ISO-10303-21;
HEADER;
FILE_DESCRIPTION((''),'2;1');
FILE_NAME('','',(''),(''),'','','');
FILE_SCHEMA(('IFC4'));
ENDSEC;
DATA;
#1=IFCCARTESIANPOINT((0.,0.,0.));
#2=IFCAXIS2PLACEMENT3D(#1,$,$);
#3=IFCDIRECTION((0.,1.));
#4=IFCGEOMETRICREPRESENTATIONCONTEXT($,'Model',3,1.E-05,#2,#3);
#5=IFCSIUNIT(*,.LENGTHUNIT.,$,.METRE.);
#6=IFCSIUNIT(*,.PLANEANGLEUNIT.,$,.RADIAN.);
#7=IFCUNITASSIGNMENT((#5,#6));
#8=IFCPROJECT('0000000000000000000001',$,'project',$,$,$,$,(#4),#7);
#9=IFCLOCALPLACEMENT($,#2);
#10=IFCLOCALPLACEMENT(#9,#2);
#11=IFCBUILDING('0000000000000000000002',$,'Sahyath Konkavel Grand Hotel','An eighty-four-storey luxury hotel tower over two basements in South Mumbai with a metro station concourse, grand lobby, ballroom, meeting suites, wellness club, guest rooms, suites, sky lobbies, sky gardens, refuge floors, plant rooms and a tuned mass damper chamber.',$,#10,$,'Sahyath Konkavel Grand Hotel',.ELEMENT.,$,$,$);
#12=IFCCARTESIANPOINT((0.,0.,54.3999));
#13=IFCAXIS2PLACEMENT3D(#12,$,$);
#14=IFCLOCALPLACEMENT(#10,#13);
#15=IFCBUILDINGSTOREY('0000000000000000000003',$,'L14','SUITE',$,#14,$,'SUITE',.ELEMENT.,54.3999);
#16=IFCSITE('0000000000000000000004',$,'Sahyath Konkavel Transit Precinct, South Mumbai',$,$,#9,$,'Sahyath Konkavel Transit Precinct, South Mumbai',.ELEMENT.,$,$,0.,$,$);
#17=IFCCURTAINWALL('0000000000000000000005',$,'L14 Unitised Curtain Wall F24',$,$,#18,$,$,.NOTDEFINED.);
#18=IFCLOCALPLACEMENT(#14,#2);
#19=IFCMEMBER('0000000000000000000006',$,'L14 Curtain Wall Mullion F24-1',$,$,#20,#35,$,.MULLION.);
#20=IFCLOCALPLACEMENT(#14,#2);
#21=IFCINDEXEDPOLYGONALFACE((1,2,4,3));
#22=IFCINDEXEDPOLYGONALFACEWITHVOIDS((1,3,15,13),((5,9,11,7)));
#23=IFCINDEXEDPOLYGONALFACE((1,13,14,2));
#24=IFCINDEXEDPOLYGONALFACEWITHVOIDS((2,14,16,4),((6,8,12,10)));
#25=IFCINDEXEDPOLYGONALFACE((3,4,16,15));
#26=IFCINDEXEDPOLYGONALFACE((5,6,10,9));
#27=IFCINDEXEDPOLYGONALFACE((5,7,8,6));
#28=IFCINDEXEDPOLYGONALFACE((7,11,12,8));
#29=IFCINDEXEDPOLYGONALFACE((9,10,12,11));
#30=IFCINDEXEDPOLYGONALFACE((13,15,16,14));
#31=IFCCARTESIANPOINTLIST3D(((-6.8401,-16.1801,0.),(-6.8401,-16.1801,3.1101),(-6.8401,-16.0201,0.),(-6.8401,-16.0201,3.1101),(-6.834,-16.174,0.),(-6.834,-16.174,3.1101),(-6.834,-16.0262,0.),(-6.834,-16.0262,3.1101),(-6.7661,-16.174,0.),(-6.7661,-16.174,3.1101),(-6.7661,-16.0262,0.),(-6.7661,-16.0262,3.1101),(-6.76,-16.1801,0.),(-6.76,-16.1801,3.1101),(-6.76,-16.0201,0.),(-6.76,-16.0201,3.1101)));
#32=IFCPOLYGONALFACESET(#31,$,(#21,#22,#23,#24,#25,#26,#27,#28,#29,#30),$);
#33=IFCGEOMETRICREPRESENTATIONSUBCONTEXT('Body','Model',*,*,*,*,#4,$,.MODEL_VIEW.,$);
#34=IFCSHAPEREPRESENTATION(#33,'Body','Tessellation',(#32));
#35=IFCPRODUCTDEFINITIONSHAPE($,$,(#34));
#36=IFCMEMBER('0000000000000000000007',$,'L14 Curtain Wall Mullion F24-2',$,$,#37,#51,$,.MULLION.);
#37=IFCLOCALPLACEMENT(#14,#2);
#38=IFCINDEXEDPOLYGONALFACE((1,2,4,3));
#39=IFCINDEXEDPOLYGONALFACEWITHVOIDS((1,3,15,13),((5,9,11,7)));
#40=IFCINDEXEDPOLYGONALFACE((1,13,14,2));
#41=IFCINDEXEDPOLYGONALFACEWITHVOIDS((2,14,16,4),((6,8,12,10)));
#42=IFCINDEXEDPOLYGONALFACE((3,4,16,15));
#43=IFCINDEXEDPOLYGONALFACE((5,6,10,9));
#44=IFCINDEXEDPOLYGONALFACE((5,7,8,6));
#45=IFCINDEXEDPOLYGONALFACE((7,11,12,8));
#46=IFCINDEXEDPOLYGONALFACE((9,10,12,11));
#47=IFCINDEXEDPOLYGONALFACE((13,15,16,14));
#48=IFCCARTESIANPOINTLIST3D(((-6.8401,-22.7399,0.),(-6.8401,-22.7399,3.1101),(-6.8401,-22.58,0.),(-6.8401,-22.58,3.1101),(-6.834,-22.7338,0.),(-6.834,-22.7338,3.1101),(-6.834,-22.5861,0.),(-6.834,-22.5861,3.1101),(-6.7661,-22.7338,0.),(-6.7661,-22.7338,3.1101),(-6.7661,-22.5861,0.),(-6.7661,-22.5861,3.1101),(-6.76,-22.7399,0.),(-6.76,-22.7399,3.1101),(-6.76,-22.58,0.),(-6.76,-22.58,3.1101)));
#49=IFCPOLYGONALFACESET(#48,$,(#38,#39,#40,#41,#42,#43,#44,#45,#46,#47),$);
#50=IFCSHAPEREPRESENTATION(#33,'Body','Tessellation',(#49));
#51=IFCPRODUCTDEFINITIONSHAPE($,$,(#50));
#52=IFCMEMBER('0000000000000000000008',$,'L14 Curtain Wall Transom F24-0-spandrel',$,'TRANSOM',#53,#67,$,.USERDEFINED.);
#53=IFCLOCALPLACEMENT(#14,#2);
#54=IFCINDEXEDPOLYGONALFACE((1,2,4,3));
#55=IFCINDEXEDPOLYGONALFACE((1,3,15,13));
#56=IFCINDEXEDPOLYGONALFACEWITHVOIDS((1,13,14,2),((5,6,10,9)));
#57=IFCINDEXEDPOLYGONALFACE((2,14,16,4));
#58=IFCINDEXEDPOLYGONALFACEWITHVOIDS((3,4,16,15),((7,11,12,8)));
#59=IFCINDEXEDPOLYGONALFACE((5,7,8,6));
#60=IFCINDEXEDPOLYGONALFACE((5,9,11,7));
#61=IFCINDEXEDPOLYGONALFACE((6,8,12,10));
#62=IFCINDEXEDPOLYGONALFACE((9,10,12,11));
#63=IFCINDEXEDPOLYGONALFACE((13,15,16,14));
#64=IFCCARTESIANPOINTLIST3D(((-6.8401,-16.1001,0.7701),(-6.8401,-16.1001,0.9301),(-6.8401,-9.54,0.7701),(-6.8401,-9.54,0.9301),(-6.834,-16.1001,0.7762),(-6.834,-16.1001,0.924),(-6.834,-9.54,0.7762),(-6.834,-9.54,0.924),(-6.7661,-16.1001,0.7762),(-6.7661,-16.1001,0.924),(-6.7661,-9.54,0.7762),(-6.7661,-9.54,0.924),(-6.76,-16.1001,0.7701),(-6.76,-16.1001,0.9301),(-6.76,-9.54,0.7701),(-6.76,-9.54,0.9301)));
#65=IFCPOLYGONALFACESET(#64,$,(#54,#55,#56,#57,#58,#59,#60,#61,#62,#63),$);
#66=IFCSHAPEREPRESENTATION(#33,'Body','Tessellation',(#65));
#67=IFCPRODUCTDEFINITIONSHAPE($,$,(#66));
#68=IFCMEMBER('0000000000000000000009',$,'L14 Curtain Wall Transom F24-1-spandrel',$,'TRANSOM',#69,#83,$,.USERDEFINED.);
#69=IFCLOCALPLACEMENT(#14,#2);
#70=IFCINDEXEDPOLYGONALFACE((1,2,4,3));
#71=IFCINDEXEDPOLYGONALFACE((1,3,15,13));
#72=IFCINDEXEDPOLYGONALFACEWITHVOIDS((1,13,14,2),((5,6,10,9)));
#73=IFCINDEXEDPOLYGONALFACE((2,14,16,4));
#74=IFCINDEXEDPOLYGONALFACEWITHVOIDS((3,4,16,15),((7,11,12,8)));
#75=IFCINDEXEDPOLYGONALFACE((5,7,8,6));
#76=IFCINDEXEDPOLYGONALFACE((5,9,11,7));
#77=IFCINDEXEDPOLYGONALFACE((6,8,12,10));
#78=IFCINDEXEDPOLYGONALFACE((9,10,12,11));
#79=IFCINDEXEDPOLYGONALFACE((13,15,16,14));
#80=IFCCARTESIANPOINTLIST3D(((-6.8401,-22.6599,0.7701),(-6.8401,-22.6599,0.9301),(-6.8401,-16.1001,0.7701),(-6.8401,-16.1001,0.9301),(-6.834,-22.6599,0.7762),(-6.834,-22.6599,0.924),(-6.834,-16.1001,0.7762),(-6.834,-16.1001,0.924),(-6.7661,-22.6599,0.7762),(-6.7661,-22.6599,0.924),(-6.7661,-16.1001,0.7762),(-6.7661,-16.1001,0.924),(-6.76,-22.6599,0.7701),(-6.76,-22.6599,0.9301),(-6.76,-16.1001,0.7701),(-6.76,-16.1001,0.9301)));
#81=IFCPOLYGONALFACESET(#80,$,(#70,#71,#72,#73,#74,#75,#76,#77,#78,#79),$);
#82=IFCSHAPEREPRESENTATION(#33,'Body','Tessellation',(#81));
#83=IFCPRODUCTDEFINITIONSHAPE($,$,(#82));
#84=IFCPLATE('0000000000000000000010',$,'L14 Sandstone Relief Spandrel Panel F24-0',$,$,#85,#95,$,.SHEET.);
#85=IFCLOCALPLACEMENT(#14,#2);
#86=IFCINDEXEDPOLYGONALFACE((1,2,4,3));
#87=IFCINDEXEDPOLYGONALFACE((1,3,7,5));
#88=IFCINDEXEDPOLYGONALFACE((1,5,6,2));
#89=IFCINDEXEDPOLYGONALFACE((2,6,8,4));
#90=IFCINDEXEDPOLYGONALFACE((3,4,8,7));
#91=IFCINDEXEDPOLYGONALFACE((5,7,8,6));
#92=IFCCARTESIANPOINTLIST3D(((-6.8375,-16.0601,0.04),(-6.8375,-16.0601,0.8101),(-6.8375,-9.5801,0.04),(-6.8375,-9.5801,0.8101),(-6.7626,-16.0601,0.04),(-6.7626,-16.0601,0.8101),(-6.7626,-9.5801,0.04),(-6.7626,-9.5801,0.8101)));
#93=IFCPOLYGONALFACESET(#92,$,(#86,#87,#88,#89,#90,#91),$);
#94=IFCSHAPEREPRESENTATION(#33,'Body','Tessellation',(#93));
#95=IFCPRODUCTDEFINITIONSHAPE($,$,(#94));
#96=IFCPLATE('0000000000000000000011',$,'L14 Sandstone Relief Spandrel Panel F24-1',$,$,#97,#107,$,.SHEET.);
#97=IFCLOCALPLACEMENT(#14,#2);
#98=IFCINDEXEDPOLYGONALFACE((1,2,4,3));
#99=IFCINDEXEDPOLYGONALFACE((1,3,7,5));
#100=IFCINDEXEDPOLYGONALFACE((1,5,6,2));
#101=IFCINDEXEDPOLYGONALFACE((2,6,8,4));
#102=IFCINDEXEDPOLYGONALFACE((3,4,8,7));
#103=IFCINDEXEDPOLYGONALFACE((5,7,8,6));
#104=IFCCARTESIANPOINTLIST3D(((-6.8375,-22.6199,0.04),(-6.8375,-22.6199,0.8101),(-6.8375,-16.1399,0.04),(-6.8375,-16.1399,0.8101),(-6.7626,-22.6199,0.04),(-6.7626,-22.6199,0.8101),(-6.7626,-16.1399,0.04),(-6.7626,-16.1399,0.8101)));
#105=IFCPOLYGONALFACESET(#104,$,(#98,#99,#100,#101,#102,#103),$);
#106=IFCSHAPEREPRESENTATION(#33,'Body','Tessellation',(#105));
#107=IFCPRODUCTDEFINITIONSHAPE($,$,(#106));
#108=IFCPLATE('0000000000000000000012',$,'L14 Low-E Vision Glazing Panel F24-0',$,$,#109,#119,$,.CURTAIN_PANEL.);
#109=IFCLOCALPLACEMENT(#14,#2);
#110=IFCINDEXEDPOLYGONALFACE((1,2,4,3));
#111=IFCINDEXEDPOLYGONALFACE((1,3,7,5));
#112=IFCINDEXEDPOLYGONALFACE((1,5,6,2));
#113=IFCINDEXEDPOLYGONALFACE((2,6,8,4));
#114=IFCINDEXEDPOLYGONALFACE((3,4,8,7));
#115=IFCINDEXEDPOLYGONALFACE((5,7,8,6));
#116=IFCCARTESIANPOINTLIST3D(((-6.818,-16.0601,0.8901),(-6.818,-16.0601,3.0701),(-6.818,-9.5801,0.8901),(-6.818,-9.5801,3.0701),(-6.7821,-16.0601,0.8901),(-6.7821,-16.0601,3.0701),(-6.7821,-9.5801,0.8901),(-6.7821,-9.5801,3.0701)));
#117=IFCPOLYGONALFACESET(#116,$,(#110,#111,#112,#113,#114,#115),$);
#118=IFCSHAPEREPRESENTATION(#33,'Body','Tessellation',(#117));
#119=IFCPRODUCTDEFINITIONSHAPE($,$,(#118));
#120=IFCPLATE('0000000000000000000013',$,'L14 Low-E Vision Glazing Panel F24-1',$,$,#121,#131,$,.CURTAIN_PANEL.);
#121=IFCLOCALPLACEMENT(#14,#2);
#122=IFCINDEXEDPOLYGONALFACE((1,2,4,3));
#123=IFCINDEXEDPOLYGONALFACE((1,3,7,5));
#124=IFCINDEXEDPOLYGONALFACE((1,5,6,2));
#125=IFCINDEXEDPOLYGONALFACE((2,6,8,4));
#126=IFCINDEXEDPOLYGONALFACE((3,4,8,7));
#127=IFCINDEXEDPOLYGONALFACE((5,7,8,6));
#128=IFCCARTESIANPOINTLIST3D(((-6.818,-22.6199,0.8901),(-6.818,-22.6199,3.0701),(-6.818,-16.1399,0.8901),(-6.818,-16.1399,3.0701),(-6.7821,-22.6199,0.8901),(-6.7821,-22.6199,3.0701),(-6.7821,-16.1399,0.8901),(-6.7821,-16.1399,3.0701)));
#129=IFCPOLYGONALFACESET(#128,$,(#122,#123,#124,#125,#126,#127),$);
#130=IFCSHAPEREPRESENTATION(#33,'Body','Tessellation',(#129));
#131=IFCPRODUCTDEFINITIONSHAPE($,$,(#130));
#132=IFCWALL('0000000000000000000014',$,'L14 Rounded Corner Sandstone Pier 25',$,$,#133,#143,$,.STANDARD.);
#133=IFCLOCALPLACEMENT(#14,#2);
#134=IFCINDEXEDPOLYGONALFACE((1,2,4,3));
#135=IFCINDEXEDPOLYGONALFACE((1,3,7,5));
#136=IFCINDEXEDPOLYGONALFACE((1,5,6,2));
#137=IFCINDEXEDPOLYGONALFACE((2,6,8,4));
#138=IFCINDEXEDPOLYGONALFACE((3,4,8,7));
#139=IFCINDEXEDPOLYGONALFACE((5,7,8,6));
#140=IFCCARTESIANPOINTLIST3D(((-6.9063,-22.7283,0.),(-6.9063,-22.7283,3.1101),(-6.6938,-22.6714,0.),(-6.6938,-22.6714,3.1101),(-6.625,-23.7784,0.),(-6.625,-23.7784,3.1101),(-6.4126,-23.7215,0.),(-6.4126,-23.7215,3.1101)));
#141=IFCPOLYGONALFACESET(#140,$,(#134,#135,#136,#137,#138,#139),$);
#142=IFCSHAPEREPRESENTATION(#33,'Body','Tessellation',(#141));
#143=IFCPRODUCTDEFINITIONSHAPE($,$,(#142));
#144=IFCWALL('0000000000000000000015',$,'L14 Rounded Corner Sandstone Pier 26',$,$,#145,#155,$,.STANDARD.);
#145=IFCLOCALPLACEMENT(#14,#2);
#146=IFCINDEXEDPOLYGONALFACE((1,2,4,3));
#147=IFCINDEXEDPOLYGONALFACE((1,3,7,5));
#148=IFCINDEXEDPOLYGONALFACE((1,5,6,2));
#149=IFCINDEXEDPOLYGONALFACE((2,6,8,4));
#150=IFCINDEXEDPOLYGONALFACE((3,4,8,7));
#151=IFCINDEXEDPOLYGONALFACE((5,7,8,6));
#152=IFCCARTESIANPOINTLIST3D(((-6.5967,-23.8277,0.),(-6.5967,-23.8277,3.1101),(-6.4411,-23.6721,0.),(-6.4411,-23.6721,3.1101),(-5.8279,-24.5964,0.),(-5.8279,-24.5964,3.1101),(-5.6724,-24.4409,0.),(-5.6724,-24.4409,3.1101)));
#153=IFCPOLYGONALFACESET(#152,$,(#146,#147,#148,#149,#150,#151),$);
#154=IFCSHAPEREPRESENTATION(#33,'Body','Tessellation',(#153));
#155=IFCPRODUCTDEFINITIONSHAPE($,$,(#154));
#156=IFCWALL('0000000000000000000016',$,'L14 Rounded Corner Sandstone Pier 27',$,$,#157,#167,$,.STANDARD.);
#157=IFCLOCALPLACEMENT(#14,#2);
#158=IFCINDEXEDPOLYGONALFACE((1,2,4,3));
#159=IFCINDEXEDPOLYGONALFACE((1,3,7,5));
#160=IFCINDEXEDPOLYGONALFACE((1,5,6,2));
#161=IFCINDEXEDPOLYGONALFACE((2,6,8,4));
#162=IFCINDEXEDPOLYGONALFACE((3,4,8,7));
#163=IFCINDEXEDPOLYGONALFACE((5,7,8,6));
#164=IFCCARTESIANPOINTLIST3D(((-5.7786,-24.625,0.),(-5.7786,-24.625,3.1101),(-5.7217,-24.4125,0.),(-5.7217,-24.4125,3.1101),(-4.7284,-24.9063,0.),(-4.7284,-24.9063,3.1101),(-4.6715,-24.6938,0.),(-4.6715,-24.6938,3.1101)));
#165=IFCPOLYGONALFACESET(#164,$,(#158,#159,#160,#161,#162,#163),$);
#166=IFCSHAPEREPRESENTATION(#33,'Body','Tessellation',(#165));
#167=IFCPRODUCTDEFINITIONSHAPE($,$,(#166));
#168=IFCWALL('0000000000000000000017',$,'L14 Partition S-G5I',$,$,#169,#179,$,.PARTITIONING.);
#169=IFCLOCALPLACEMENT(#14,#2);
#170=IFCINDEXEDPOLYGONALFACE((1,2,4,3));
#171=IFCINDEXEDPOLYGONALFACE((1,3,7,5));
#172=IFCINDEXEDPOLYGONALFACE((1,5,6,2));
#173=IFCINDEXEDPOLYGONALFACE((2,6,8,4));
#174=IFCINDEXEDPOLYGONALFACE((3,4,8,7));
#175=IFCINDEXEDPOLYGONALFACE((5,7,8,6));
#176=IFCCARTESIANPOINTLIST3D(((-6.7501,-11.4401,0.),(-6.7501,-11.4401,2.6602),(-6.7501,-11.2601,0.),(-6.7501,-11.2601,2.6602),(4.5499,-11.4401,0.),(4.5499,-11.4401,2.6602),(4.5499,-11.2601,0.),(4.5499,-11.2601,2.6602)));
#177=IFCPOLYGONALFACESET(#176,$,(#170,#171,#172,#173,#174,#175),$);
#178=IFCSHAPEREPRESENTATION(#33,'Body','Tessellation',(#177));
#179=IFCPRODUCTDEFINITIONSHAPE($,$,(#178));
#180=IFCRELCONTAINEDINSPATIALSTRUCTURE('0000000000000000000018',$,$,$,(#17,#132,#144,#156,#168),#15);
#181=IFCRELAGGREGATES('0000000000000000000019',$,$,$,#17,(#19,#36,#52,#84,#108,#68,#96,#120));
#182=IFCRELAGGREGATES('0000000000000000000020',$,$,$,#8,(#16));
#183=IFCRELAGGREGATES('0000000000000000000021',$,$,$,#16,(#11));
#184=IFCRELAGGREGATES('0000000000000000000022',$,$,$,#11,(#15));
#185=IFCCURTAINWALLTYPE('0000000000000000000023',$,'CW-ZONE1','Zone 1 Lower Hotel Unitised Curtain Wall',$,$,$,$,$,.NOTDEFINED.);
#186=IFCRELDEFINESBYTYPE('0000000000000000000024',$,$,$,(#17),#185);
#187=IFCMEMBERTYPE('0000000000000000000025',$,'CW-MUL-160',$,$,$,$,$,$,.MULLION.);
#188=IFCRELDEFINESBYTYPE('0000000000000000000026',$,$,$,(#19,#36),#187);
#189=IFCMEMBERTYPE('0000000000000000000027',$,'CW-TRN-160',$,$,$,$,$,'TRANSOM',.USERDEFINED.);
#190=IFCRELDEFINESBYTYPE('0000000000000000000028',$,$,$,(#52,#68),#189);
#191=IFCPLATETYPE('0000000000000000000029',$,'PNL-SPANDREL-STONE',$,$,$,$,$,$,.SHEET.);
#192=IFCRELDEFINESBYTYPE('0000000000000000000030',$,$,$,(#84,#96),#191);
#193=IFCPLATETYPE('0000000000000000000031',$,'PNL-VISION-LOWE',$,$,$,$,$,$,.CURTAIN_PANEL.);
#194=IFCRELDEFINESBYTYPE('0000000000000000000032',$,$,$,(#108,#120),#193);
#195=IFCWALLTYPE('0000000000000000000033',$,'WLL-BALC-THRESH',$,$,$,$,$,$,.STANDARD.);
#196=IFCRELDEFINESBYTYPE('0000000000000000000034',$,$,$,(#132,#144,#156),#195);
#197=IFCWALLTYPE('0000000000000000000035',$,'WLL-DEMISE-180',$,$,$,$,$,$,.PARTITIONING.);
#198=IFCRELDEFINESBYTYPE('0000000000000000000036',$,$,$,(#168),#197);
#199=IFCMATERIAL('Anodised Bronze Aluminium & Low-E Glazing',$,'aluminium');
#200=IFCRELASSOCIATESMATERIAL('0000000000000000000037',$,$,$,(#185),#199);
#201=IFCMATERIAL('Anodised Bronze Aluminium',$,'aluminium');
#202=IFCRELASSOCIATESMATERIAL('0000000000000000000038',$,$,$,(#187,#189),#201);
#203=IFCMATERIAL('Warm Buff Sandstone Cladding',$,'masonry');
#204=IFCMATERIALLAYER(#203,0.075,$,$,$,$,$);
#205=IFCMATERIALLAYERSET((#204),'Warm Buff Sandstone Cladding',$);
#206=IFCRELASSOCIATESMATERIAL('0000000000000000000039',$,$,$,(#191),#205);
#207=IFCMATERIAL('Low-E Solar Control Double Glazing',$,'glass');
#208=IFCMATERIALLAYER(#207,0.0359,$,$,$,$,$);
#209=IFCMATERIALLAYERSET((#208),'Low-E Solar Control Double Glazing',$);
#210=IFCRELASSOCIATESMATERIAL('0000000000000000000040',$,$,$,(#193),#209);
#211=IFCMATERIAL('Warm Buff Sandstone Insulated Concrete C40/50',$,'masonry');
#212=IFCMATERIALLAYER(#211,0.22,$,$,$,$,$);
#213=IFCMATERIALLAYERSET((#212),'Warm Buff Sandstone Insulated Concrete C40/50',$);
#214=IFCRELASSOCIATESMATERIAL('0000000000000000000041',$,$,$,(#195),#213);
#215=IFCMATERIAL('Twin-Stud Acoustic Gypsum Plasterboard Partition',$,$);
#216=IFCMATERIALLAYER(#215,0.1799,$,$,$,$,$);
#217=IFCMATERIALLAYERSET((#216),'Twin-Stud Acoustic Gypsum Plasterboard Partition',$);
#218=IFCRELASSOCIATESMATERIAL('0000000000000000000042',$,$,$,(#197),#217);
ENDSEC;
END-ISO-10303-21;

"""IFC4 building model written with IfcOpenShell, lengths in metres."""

from ifc_helpers import new_model, si_unit, direction, frame, frame_2d, origin, origin_2d, place, context, subcontext, project, spatial, rectangle, hollow_rectangle, extrude, source, transform, mapped, material, layer, layer_set, material_profile, profile_set, type_object, element, aggregate, save


model = new_model("IFC4")

# Units and contexts
model_context = context("Model", 3, precision=1e-05, world=origin(), true_north=direction((0.0, 1.0)))
body_context = subcontext(model_context, "Body", "Model", "MODEL_VIEW")
ifc_project = project(units=[si_unit("LENGTHUNIT", "METRE"), si_unit("PLANEANGLEUNIT", "RADIAN")], contexts=[model_context])

# Site, building, storey
site_placement = place(None, origin())
site = spatial("IfcSite", under=ifc_project, at=site_placement, Name="Sahyath Konkavel Transit Precinct, South Mumbai", LongName="Sahyath Konkavel Transit Precinct, South Mumbai", CompositionType="ELEMENT", RefElevation=0.0)
building_placement = place(site_placement, origin())
building = spatial("IfcBuilding", under=site, at=building_placement, Name="Sahyath Konkavel Grand Hotel", Description="An eighty-four-storey luxury hotel tower over two basements in South Mumbai with a metro station concourse, grand lobby, ballroom, meeting suites, wellness club, guest rooms, suites, sky lobbies, sky gardens, refuge floors, plant rooms and a tuned mass damper chamber.", LongName="Sahyath Konkavel Grand Hotel", CompositionType="ELEMENT")
storey_placement = place(building_placement, frame((0.0, 0.0, 54.3999)))
storey = spatial("IfcBuildingStorey", under=building, at=storey_placement, Name="L14", Description="SUITE", LongName="SUITE", CompositionType="ELEMENT", Elevation=54.3999)

# Curtain wall
ifc_material_1 = material(Name="Anodised Bronze Aluminium & Low-E Glazing", Category="aluminium")
curtain_wall_type = type_object("IfcCurtainWallType", Name="CW-ZONE1", Description="Zone 1 Lower Hotel Unitised Curtain Wall", PredefinedType="NOTDEFINED", material=ifc_material_1)
curtain_wall_1_placement = place(storey_placement, origin())
curtain_wall_1 = element("IfcCurtainWall", 1, at=curtain_wall_1_placement, inside=storey, type_object=curtain_wall_type, Name="L14 Unitised Curtain Wall F24", PredefinedType="NOTDEFINED")

# Members
ifc_material_2 = material(Name="Anodised Bronze Aluminium", Category="aluminium")
ifc_material_profile_1 = material_profile(ifc_material_2, hollow_rectangle(XDim=0.0801, YDim=0.1599, WallThickness=0.0061, at=origin_2d()), Name="RHS 160x80x6")
ifc_profile_set_1 = profile_set([ifc_material_profile_1], Name="Anodised Bronze Aluminium")
member_type_1 = type_object("IfcMemberType", Name="CW-MUL-160", PredefinedType="MULLION", material=ifc_profile_set_1)
shared_shape_1 = source(origin(), body_context, "Body", "SweptSolid", [
    extrude(hollow_rectangle(XDim=0.0801, YDim=0.1599, WallThickness=0.0061, at=origin_2d()), origin(), (0.0, 0.0, 1.0), 3.1101),
])
member_1_placement = place(storey_placement, frame((-6.8, -16.1001, 0.0), z_axis=(0.0, 0.0, 1.0), x_axis=(1.0, 0.0, 0.0)))
member_1 = element("IfcMember", 2, at=member_1_placement, type_object=member_type_1, Name="L14 Curtain Wall Mullion F24-1", PredefinedType="MULLION", context=body_context, shape_type="MappedRepresentation", body=[
    mapped(shared_shape_1, transform((0.0, 0.0, 0.0), scale=1.0)),
])
member_2_placement = place(storey_placement, frame((-6.8, -22.6599, 0.0), z_axis=(0.0, 0.0, 1.0), x_axis=(1.0, 0.0, 0.0)))
member_2 = element("IfcMember", 3, at=member_2_placement, type_object=member_type_1, Name="L14 Curtain Wall Mullion F24-2", PredefinedType="MULLION", context=body_context, shape_type="MappedRepresentation", body=[
    mapped(shared_shape_1, transform((0.0, 0.0, 0.0), scale=1.0)),
])
ifc_material_profile_2 = material_profile(ifc_material_2, hollow_rectangle(XDim=0.0801, YDim=0.1599, WallThickness=0.0061, at=origin_2d()), Name="RHS 160x80x6")
ifc_profile_set_2 = profile_set([ifc_material_profile_2], Name="Anodised Bronze Aluminium")
member_type_2 = type_object("IfcMemberType", Name="CW-TRN-160", ElementType="TRANSOM", PredefinedType="USERDEFINED", material=ifc_profile_set_2)
shared_shape_2 = source(origin(), body_context, "Body", "SweptSolid", [
    extrude(hollow_rectangle(XDim=0.0801, YDim=0.1599, WallThickness=0.0061, at=origin_2d()), origin(), (0.0, 0.0, 1.0), 6.5601),
])
member_3_placement = place(storey_placement, frame((-6.8, -9.54, 0.8501), z_axis=(0.0, -1.0, 0.0), x_axis=(1.0, 0.0, 0.0)))
member_3 = element("IfcMember", 4, at=member_3_placement, type_object=member_type_2, Name="L14 Curtain Wall Transom F24-0-spandrel", ObjectType="TRANSOM", PredefinedType="USERDEFINED", context=body_context, shape_type="MappedRepresentation", body=[
    mapped(shared_shape_2, transform((0.0, 0.0, 0.0), scale=1.0)),
])
shared_shape_3 = source(origin(), body_context, "Body", "SweptSolid", [
    extrude(hollow_rectangle(XDim=0.0801, YDim=0.1599, WallThickness=0.0061, at=origin_2d()), origin(), (0.0, 0.0, 1.0), 6.5598),
])
member_4_placement = place(storey_placement, frame((-6.8, -16.1001, 0.8501), z_axis=(0.0, -1.0, 0.0), x_axis=(1.0, 0.0, 0.0)))
member_4 = element("IfcMember", 5, at=member_4_placement, type_object=member_type_2, Name="L14 Curtain Wall Transom F24-1-spandrel", ObjectType="TRANSOM", PredefinedType="USERDEFINED", context=body_context, shape_type="MappedRepresentation", body=[
    mapped(shared_shape_3, transform((0.0, 0.0, 0.0), scale=1.0)),
])

# Plates
ifc_material_3 = material(Name="Warm Buff Sandstone Cladding", Category="masonry")
ifc_layer_1 = layer(ifc_material_3, 0.075)
ifc_layer_set_1 = layer_set([ifc_layer_1], Name="Warm Buff Sandstone Cladding")
plate_type_1 = type_object("IfcPlateType", Name="PNL-SPANDREL-STONE", PredefinedType="SHEET", material=ifc_layer_set_1)
shared_shape_4 = source(origin(), body_context, "Body", "SweptSolid", [
    extrude(rectangle(XDim=6.48, YDim=0.075, at=origin_2d()), origin(), (0.0, 0.0, 1.0), 0.77),
])
plate_1_placement = place(storey_placement, frame((-6.8, -12.8201, 0.04), z_axis=(0.0, 0.0, 1.0), x_axis=(0.0, -1.0, 0.0)))
plate_1 = element("IfcPlate", 6, at=plate_1_placement, type_object=plate_type_1, Name="L14 Sandstone Relief Spandrel Panel F24-0", PredefinedType="SHEET", context=body_context, shape_type="MappedRepresentation", body=[
    mapped(shared_shape_4, transform((0.0, 0.0, 0.0), scale=1.0)),
])
plate_2_placement = place(storey_placement, frame((-6.8, -19.3799, 0.04), z_axis=(0.0, 0.0, 1.0), x_axis=(0.0, -1.0, 0.0)))
plate_2 = element("IfcPlate", 7, at=plate_2_placement, type_object=plate_type_1, Name="L14 Sandstone Relief Spandrel Panel F24-1", PredefinedType="SHEET", context=body_context, shape_type="MappedRepresentation", body=[
    mapped(shared_shape_4, transform((0.0, 0.0, 0.0), scale=1.0)),
])
ifc_material_4 = material(Name="Low-E Solar Control Double Glazing", Category="glass")
ifc_layer_2 = layer(ifc_material_4, 0.0359)
ifc_layer_set_2 = layer_set([ifc_layer_2], Name="Low-E Solar Control Double Glazing")
plate_type_2 = type_object("IfcPlateType", Name="PNL-VISION-LOWE", PredefinedType="CURTAIN_PANEL", material=ifc_layer_set_2)
shared_shape_5 = source(origin(), body_context, "Body", "SweptSolid", [
    extrude(rectangle(XDim=6.48, YDim=0.0359, at=origin_2d()), origin(), (0.0, 0.0, 1.0), 2.1799),
])
plate_3_placement = place(storey_placement, frame((-6.8, -12.8201, 0.8901), z_axis=(0.0, 0.0, 1.0), x_axis=(0.0, -1.0, 0.0)))
plate_3 = element("IfcPlate", 8, at=plate_3_placement, type_object=plate_type_2, Name="L14 Low-E Vision Glazing Panel F24-0", PredefinedType="CURTAIN_PANEL", context=body_context, shape_type="MappedRepresentation", body=[
    mapped(shared_shape_5, transform((0.0, 0.0, 0.0), scale=1.0)),
])
plate_4_placement = place(storey_placement, frame((-6.8, -19.3799, 0.8901), z_axis=(0.0, 0.0, 1.0), x_axis=(0.0, -1.0, 0.0)))
plate_4 = element("IfcPlate", 9, at=plate_4_placement, type_object=plate_type_2, Name="L14 Low-E Vision Glazing Panel F24-1", PredefinedType="CURTAIN_PANEL", context=body_context, shape_type="MappedRepresentation", body=[
    mapped(shared_shape_5, transform((0.0, 0.0, 0.0), scale=1.0)),
])
aggregate(curtain_wall_1, [member_1, member_2, member_3, plate_1, plate_3, member_4, plate_2, plate_4])

# Walls
ifc_material_5 = material(Name="Warm Buff Sandstone Insulated Concrete C40/50", Category="masonry")
ifc_layer_3 = layer(ifc_material_5, 0.22)
ifc_layer_set_3 = layer_set([ifc_layer_3], Name="Warm Buff Sandstone Insulated Concrete C40/50")
wall_type_1 = type_object("IfcWallType", Name="WLL-BALC-THRESH", PredefinedType="STANDARD", material=ifc_layer_set_3)
for number, where, z_axis, x_axis, name in (
    (10, (-6.8, -22.7, 0.0), (0.0, 0.0, 1.0), (0.258725, -0.965951, 0.0), "L14 Rounded Corner Sandstone Pier 25"),
    (11, (-6.5188, -23.75, 0.0), (0.0, 0.0, 1.0), (0.707107, -0.707107, 0.0), "L14 Rounded Corner Sandstone Pier 26"),
    (12, (-5.75, -24.5188, 0.0), (0.0, 0.0, 1.0), (0.965951, -0.258725, 0.0), "L14 Rounded Corner Sandstone Pier 27"),
):
    element("IfcWall", number, at=place(storey_placement, frame(where, z_axis=z_axis, x_axis=x_axis)), inside=storey, type_object=wall_type_1, Name=name, PredefinedType="STANDARD", context=body_context, shape_type="SweptSolid", body=[
        extrude(rectangle(XDim=1.0872, YDim=0.22, at=frame_2d((0.5435, 0.0))), origin(), (0.0, 0.0, 1.0), 3.1101),
    ])
ifc_material_6 = material(Name="Twin-Stud Acoustic Gypsum Plasterboard Partition")
ifc_layer_4 = layer(ifc_material_6, 0.1799)
ifc_layer_set_4 = layer_set([ifc_layer_4], Name="Twin-Stud Acoustic Gypsum Plasterboard Partition")
wall_type_2 = type_object("IfcWallType", Name="WLL-DEMISE-180", PredefinedType="PARTITIONING", material=ifc_layer_set_4)
wall_1_placement = place(storey_placement, frame((-6.75, -11.3501, 0.0), z_axis=(0.0, 0.0, 1.0), x_axis=(1.0, 0.0, 0.0)))
element("IfcWall", 13, at=wall_1_placement, inside=storey, type_object=wall_type_2, Name="L14 Partition S-G5I", PredefinedType="PARTITIONING", context=body_context, shape_type="SweptSolid", body=[
    extrude(rectangle(XDim=11.3, YDim=0.1799, at=frame_2d((5.6499, 0.0))), origin(), (0.0, 0.0, 1.0), 2.6602),
])

save(model, "model.ifc")
